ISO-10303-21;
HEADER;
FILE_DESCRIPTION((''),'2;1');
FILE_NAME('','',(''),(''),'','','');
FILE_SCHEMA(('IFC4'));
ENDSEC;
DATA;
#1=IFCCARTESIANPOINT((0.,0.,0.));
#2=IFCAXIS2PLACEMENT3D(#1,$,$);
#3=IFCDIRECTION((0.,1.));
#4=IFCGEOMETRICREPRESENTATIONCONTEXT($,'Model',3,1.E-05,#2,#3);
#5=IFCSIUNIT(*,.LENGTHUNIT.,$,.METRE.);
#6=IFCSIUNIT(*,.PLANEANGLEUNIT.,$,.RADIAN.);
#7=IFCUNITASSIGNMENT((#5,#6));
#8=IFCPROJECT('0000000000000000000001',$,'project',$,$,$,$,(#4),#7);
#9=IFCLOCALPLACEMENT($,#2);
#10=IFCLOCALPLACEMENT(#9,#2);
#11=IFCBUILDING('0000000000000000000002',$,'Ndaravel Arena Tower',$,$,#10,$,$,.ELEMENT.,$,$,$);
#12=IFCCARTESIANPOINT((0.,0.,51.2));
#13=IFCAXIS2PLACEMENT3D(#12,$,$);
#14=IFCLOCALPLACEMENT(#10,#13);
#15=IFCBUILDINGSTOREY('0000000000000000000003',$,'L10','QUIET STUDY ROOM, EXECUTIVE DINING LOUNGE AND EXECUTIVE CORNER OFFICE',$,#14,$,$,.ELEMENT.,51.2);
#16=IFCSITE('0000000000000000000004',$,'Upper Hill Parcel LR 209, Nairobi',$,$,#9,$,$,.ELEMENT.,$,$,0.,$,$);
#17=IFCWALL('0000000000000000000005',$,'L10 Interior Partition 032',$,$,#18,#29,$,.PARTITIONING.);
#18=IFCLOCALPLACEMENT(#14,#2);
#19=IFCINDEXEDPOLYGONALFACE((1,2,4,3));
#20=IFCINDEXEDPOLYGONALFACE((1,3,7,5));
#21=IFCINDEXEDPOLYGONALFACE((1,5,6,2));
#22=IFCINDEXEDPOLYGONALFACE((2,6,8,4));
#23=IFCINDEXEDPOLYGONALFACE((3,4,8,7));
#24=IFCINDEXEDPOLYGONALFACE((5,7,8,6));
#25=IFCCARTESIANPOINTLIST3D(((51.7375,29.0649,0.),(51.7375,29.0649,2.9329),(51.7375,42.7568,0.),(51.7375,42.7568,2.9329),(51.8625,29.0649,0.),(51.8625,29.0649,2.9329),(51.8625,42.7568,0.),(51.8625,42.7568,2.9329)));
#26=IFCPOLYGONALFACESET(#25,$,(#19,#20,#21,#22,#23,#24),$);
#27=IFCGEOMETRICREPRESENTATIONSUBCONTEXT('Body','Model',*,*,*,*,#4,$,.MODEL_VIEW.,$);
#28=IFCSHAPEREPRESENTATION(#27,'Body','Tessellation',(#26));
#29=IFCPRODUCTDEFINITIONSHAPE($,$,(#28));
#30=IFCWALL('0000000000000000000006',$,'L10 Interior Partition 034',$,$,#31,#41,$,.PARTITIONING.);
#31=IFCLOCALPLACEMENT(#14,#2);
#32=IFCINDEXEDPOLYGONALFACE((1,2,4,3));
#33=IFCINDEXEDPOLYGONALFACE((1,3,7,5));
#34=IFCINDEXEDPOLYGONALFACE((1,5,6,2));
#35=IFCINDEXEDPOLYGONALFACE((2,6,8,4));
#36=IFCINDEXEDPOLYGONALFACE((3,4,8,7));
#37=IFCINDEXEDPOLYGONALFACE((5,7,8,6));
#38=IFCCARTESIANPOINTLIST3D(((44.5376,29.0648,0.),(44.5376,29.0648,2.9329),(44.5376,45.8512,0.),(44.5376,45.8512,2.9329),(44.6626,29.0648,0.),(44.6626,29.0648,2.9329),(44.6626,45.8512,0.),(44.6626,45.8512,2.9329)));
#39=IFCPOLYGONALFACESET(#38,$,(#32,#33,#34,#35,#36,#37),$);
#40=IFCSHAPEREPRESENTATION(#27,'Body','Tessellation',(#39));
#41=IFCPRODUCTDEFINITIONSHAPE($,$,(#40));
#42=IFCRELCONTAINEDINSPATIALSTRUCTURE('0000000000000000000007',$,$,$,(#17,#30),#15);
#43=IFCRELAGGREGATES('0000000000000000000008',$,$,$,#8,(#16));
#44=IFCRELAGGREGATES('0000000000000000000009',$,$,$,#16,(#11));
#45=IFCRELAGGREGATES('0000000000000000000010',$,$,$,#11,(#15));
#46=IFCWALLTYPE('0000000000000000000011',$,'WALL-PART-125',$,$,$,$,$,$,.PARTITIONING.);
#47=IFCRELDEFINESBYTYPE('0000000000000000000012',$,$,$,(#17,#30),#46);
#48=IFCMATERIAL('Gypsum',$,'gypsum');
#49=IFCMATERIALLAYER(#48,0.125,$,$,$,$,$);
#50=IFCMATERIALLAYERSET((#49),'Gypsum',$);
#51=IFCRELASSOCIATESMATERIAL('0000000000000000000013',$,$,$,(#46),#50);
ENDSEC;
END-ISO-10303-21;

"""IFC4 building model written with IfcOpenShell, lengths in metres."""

from ifc_helpers import new_model, si_unit, direction, frame, frame_2d, origin, place, context, subcontext, project, spatial, rectangle, extrude, material, layer, layer_set, type_object, element, save


model = new_model("IFC4")

# Units and contexts
model_context = context("Model", 3, precision=1e-05, world=origin(), true_north=direction((0.0, 1.0)))
body_context = subcontext(model_context, "Body", "Model", "MODEL_VIEW")
ifc_project = project(units=[si_unit("LENGTHUNIT", "METRE"), si_unit("PLANEANGLEUNIT", "RADIAN")], contexts=[model_context])

# Site, building, storey
site_placement = place(None, origin())
site = spatial("IfcSite", under=ifc_project, at=site_placement, Name="Upper Hill Parcel LR 209, Nairobi", CompositionType="ELEMENT", RefElevation=0.0)
building_placement = place(site_placement, origin())
building = spatial("IfcBuilding", under=site, at=building_placement, Name="Ndaravel Arena Tower", CompositionType="ELEMENT")
storey_placement = place(building_placement, frame((0.0, 0.0, 51.2)))
storey = spatial("IfcBuildingStorey", under=building, at=storey_placement, Name="L10", Description="QUIET STUDY ROOM, EXECUTIVE DINING LOUNGE AND EXECUTIVE CORNER OFFICE", CompositionType="ELEMENT", Elevation=51.2)

# Shared definitions
ifc_material_1 = material(Name="Gypsum", Category="gypsum")
ifc_layer_1 = layer(ifc_material_1, 0.125)
ifc_layer_set_1 = layer_set([ifc_layer_1], Name="Gypsum")
wall_type = type_object("IfcWallType", Name="WALL-PART-125", PredefinedType="PARTITIONING", material=ifc_layer_set_1)

# Walls
wall_1_placement = place(storey_placement, frame((51.8, 29.0649, 0.0), z_axis=(0.0, 0.0, 1.0), x_axis=(0.0, 1.0, 0.0)))
element("IfcWall", 1, at=wall_1_placement, inside=storey, type_object=wall_type, Name="L10 Interior Partition 032", PredefinedType="PARTITIONING", context=body_context, shape_type="SweptSolid", body=[
    extrude(rectangle(XDim=13.6919, YDim=0.125, at=frame_2d((6.8459, 0.0))), origin(), (0.0, 0.0, 1.0), 2.9329),
])
wall_2_placement = place(storey_placement, frame((44.6001, 29.0649, 0.0), z_axis=(0.0, 0.0, 1.0), x_axis=(0.0, 1.0, 0.0)))
element("IfcWall", 2, at=wall_2_placement, inside=storey, type_object=wall_type, Name="L10 Interior Partition 034", PredefinedType="PARTITIONING", context=body_context, shape_type="SweptSolid", body=[
    extrude(rectangle(XDim=16.7864, YDim=0.125, at=frame_2d((8.3931, 0.0))), origin(), (0.0, 0.0, 1.0), 2.9329),
])

save(model, "model.ifc")
